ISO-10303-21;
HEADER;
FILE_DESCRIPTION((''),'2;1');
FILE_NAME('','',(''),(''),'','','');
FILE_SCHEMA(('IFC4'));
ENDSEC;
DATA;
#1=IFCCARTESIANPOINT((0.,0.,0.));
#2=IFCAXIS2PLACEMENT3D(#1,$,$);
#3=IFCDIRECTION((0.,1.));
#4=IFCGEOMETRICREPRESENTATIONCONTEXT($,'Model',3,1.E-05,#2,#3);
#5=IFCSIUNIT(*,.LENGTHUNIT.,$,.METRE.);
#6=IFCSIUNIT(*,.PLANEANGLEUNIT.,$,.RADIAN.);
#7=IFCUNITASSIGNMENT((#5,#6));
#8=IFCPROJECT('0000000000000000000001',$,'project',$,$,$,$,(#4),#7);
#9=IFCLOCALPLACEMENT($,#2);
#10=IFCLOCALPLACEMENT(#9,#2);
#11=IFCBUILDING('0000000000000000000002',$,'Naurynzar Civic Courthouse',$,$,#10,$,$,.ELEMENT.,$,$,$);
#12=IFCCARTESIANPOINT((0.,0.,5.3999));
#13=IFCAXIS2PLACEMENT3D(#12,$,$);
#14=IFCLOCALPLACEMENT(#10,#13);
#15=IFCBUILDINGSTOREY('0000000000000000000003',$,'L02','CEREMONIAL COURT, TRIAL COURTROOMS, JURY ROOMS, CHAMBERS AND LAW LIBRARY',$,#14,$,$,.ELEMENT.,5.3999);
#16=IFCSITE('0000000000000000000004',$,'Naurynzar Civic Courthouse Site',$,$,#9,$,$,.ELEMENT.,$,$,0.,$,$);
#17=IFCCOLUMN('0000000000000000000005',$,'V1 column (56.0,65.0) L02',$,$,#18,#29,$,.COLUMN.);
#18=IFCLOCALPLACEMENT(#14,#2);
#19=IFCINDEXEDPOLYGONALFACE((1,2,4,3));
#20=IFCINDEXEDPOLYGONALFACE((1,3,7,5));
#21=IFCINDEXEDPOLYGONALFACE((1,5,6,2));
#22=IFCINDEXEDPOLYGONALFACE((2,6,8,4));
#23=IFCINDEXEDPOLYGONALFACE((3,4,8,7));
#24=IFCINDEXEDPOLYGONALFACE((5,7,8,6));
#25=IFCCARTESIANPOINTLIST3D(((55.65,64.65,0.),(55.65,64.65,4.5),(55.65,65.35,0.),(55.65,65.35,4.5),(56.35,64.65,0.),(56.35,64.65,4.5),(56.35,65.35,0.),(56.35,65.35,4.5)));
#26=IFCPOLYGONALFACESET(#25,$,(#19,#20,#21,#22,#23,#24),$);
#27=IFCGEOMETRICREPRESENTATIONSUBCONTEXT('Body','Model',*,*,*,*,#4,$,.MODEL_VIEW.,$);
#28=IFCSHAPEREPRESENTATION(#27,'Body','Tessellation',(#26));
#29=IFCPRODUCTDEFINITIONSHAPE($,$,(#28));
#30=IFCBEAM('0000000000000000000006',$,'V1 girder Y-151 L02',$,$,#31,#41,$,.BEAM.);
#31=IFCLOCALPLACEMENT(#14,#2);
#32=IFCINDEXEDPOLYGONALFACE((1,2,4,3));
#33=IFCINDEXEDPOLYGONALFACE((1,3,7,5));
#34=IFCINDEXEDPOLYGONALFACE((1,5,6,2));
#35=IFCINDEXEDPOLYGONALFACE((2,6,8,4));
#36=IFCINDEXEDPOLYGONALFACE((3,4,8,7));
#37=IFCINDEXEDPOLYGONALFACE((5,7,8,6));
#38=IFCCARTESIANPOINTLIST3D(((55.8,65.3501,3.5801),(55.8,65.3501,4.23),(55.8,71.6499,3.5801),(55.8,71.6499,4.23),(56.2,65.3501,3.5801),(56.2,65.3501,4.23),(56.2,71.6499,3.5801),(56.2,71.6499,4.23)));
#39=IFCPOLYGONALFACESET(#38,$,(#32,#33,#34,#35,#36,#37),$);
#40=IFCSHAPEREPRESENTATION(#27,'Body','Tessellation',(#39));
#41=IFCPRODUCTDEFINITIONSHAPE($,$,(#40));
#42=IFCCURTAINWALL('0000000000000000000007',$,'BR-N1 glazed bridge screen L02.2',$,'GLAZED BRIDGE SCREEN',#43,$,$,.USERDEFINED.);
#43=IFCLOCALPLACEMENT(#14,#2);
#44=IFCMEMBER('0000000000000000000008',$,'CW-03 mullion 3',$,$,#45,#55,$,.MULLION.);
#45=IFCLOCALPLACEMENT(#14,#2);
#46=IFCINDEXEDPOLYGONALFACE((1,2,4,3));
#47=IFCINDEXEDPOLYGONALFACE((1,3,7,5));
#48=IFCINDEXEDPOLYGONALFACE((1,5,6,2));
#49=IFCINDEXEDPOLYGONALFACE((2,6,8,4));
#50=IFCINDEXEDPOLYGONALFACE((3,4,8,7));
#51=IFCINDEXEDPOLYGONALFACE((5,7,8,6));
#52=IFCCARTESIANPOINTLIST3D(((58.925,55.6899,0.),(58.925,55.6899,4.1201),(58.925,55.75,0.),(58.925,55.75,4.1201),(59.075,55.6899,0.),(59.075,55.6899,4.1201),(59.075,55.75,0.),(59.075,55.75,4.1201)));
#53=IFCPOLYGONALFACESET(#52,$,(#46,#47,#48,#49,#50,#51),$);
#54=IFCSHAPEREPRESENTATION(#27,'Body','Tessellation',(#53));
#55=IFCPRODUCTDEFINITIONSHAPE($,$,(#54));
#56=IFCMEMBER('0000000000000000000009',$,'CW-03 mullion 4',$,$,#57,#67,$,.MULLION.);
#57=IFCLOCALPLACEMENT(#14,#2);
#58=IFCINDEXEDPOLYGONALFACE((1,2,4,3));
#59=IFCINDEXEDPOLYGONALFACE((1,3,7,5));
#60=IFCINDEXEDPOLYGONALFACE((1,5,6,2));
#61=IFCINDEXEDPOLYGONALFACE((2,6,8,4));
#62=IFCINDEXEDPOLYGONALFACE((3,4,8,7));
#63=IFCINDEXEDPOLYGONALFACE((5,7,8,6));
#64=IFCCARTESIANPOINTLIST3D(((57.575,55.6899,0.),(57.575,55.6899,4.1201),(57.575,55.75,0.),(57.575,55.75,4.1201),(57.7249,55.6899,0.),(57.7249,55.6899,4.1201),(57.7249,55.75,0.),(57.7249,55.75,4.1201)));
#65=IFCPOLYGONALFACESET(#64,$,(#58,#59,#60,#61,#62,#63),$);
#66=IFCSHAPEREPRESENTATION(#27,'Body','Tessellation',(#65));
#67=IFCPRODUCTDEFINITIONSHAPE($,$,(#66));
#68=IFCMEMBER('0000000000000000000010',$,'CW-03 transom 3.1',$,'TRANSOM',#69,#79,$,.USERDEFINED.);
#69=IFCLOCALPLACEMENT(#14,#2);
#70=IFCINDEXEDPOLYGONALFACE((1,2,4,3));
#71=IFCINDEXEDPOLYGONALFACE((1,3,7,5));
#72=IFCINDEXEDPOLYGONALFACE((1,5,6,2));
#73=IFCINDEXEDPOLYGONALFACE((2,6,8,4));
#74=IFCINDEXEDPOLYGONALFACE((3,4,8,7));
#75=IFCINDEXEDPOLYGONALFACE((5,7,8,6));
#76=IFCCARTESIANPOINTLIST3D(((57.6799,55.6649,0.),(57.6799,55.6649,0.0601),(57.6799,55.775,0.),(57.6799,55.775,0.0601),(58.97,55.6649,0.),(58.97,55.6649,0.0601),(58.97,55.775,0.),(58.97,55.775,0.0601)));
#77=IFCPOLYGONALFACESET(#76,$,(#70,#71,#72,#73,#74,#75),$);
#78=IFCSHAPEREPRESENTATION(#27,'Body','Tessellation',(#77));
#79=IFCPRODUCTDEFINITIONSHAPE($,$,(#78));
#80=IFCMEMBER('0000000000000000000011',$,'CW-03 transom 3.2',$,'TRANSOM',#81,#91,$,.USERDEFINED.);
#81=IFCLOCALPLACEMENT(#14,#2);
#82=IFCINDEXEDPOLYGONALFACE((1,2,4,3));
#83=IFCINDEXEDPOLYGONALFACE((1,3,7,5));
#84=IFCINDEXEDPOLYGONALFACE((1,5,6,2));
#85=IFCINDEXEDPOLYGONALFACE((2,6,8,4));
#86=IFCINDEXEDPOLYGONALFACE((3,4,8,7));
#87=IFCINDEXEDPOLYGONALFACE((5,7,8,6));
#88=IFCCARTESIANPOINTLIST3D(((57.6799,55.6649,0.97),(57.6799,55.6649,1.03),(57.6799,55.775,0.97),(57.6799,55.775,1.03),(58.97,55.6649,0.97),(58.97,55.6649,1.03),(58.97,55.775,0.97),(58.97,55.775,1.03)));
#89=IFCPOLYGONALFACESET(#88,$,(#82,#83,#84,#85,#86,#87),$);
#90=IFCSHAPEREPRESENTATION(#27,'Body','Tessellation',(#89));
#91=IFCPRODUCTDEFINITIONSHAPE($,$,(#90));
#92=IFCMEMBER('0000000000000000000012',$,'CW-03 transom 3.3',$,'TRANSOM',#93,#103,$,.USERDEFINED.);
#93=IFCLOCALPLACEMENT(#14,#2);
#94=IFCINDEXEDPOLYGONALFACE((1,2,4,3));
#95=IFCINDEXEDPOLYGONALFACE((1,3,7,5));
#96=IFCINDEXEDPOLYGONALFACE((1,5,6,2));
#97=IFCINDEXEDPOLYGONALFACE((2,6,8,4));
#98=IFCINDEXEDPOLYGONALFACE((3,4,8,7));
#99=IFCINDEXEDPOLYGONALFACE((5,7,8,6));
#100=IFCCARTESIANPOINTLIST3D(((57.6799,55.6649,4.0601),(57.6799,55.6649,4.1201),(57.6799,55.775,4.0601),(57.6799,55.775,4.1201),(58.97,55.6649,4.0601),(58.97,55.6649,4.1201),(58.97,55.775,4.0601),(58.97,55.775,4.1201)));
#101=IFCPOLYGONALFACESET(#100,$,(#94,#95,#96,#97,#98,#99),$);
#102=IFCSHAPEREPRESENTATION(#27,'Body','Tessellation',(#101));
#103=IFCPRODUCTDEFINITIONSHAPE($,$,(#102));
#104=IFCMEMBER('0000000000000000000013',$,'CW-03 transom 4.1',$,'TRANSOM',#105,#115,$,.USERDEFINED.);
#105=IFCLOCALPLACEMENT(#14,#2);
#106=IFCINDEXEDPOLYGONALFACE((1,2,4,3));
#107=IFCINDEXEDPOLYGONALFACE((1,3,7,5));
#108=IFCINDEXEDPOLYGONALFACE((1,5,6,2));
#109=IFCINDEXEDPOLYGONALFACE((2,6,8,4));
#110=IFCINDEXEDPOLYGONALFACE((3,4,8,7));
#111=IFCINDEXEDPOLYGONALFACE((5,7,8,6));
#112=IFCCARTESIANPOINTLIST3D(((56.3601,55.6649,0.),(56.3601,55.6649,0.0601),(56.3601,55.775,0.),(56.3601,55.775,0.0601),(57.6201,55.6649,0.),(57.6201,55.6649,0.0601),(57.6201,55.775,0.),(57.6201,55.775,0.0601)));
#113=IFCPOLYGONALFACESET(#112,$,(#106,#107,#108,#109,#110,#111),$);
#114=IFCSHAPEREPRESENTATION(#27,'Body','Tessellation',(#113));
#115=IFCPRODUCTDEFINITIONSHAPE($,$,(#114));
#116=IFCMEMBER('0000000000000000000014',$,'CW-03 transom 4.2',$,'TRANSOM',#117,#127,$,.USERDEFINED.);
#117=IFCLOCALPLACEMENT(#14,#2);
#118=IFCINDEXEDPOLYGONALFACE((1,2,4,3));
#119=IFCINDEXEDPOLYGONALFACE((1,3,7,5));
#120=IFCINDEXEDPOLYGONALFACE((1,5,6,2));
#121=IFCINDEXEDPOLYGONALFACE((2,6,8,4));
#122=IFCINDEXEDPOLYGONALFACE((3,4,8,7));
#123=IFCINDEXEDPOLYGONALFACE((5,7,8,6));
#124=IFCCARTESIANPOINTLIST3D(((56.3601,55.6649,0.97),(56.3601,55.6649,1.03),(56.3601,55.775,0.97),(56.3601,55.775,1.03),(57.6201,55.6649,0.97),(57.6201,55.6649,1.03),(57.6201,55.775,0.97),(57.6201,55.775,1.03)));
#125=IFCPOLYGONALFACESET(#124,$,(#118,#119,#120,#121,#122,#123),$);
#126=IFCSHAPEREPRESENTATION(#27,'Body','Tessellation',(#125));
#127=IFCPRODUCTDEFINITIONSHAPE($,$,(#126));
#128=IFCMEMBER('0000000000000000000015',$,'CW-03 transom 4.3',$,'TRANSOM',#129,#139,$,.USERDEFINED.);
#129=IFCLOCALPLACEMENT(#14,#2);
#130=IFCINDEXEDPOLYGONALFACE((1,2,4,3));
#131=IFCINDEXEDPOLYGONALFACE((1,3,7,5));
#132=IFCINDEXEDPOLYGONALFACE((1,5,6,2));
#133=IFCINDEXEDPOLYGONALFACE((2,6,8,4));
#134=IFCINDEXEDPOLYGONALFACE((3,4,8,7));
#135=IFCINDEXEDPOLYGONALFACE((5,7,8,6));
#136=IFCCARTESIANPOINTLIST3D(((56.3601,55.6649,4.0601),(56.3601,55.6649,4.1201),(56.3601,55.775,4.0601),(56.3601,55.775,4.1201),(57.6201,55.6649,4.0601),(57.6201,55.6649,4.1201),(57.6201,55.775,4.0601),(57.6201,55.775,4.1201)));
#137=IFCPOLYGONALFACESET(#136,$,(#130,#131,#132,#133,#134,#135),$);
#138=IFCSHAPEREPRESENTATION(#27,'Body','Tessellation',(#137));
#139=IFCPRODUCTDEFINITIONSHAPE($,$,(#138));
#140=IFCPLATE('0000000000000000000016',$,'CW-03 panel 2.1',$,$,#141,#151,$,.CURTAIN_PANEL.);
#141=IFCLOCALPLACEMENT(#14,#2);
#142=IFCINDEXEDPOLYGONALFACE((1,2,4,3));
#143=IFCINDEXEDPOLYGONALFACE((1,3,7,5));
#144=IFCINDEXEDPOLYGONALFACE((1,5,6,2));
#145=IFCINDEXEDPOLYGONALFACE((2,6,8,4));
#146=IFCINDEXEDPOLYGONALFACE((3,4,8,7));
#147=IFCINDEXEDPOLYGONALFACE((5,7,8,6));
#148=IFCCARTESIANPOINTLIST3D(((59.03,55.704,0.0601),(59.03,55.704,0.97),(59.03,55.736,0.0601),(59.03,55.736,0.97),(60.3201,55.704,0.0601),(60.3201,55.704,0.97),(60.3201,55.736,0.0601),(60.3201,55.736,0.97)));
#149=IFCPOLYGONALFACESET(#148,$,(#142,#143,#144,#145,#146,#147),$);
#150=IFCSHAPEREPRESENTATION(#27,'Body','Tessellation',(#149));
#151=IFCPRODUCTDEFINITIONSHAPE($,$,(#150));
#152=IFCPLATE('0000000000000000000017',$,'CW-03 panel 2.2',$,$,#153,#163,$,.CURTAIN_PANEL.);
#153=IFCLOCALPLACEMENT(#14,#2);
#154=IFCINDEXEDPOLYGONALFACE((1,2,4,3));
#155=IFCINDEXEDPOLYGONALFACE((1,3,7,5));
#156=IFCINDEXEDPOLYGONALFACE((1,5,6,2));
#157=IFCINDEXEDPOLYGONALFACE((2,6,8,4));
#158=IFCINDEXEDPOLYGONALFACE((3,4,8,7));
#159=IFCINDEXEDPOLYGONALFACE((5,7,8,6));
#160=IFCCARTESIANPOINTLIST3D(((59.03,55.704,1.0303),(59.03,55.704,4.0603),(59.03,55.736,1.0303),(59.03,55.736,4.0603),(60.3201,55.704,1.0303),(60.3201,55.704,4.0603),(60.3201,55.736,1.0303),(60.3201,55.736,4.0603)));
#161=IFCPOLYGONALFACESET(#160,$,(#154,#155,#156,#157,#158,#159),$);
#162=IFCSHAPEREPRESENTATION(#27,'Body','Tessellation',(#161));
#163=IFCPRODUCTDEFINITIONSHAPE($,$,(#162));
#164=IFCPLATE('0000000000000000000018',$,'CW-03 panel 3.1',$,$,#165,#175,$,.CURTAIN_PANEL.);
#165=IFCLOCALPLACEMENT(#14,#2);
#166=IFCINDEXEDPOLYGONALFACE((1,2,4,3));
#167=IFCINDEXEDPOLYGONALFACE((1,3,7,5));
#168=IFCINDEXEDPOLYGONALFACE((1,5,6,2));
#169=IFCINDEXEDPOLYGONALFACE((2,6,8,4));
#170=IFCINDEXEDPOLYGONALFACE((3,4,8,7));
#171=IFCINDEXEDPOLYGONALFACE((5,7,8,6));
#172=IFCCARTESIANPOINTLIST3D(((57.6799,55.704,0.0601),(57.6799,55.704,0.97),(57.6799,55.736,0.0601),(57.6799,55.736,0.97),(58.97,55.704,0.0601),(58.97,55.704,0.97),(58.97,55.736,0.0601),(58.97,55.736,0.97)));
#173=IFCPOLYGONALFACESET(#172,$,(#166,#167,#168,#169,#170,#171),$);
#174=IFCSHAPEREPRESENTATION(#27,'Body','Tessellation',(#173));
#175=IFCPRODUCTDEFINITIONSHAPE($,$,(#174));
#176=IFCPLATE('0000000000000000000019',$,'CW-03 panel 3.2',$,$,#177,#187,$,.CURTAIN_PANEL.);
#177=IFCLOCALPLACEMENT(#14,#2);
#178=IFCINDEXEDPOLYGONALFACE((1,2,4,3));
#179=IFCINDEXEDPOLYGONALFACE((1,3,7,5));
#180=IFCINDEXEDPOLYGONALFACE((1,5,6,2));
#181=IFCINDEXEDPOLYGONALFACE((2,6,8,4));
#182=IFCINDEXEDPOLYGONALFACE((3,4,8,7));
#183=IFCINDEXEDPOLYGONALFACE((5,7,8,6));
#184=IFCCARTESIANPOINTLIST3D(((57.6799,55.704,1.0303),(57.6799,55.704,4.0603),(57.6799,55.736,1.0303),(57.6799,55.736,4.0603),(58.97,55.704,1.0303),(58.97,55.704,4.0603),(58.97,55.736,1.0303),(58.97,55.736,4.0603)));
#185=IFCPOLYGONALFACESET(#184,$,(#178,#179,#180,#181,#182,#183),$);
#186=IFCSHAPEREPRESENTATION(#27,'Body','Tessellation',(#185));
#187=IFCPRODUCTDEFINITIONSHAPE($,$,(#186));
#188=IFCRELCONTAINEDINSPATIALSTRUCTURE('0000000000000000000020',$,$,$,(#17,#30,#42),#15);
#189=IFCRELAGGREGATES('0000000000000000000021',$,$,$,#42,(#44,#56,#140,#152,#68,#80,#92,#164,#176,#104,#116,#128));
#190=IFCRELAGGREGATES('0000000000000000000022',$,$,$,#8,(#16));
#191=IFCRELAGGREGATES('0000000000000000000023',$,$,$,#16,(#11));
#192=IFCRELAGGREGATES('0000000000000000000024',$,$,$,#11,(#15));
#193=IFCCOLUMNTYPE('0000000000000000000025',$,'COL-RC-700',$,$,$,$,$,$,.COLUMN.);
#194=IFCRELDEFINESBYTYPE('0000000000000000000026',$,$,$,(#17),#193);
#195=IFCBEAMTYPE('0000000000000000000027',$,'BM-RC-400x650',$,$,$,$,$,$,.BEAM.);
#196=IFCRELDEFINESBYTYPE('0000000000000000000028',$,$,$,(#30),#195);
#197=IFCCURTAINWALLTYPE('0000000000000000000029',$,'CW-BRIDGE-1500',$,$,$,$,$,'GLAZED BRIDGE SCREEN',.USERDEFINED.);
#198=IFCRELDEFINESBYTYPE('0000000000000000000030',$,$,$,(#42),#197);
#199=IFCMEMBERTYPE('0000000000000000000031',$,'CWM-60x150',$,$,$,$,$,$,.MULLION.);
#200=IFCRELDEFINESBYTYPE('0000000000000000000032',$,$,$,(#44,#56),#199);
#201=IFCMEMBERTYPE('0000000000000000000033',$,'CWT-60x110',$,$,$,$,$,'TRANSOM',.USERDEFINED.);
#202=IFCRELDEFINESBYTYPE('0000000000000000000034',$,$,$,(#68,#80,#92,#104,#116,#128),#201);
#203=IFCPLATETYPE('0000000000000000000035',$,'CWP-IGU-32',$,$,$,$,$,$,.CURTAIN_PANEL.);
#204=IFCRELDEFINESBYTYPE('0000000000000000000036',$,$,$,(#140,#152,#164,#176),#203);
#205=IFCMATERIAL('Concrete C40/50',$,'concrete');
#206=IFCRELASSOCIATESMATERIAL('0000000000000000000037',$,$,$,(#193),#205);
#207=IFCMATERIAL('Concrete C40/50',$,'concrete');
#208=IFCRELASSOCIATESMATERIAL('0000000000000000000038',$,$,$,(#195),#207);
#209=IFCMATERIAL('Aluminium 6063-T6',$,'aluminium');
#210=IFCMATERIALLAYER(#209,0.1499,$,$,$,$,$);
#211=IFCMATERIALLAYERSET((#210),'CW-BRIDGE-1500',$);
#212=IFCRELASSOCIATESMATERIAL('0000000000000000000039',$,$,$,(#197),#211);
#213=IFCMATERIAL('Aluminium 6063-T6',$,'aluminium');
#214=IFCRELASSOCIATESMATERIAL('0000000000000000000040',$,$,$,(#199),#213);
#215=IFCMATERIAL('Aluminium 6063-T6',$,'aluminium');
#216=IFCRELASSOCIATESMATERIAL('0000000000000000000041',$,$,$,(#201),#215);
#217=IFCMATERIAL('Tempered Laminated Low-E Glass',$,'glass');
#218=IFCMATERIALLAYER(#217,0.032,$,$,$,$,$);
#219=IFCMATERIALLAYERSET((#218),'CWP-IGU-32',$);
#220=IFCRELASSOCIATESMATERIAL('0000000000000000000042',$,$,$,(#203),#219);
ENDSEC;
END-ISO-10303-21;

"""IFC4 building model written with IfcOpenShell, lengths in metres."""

from ifc_helpers import new_model, si_unit, direction, frame, origin, origin_2d, place, context, subcontext, project, spatial, rectangle, extrude, material, layer, layer_set, material_profile, profile_set, type_object, element, aggregate, save


model = new_model("IFC4")

# Units and contexts
model_context = context("Model", 3, precision=1e-05, world=origin(), true_north=direction((0.0, 1.0)))
body_context = subcontext(model_context, "Body", "Model", "MODEL_VIEW")
ifc_project = project(units=[si_unit("LENGTHUNIT", "METRE"), si_unit("PLANEANGLEUNIT", "RADIAN")], contexts=[model_context])

# Site, building, storey
site_placement = place(None, origin())
site = spatial("IfcSite", under=ifc_project, at=site_placement, Name="Naurynzar Civic Courthouse Site", CompositionType="ELEMENT", RefElevation=0.0)
building_placement = place(site_placement, origin())
building = spatial("IfcBuilding", under=site, at=building_placement, Name="Naurynzar Civic Courthouse", CompositionType="ELEMENT")
storey_placement = place(building_placement, frame((0.0, 0.0, 5.3999)))
storey = spatial("IfcBuildingStorey", under=building, at=storey_placement, Name="L02", Description="CEREMONIAL COURT, TRIAL COURTROOMS, JURY ROOMS, CHAMBERS AND LAW LIBRARY", CompositionType="ELEMENT", Elevation=5.3999)

# Column
ifc_material_1 = material(Name="Concrete C40/50", Category="concrete")
ifc_material_profile_1 = material_profile(ifc_material_1, rectangle(XDim=0.7, YDim=0.7, at=origin_2d()), Name="RC 700x700")
ifc_profile_set_1 = profile_set([ifc_material_profile_1], Name="Concrete C40/50")
column_type = type_object("IfcColumnType", Name="COL-RC-700", PredefinedType="COLUMN", material=ifc_profile_set_1)
column_placement = place(storey_placement, frame((56.0, 65.0, 0.0), z_axis=(0.0, 0.0, 1.0), x_axis=(1.0, 0.0, 0.0)))
element("IfcColumn", 1, at=column_placement, inside=storey, type_object=column_type, Name="V1 column (56.0,65.0) L02", PredefinedType="COLUMN", context=body_context, shape_type="SweptSolid", body=[
    extrude(rectangle(XDim=0.7, YDim=0.7, at=origin_2d()), origin(), (0.0, 0.0, 1.0), 4.5),
])

# Beam
ifc_material_2 = material(Name="Concrete C40/50", Category="concrete")
ifc_material_profile_2 = material_profile(ifc_material_2, rectangle(XDim=0.3999, YDim=0.6499, at=origin_2d()), Name="RCB 400x650")
ifc_profile_set_2 = profile_set([ifc_material_profile_2], Name="Concrete C40/50")
beam_type = type_object("IfcBeamType", Name="BM-RC-400x650", PredefinedType="BEAM", material=ifc_profile_set_2)
beam_placement = place(storey_placement, frame((56.0, 65.3501, 3.905), z_axis=(0.0, 1.0, 0.0), x_axis=(-1.0, 0.0, 0.0)))
element("IfcBeam", 2, at=beam_placement, inside=storey, type_object=beam_type, Name="V1 girder Y-151 L02", PredefinedType="BEAM", context=body_context, shape_type="SweptSolid", body=[
    extrude(rectangle(XDim=0.3999, YDim=0.6499, at=origin_2d()), origin(), (0.0, 0.0, 1.0), 6.2998),
])

# Curtain wall, members, plates
ifc_material_3 = material(Name="Aluminium 6063-T6", Category="aluminium")
ifc_layer_1 = layer(ifc_material_3, 0.1499)
ifc_layer_set_1 = layer_set([ifc_layer_1], Name="CW-BRIDGE-1500")
curtain_wall_type = type_object("IfcCurtainWallType", Name="CW-BRIDGE-1500", ElementType="GLAZED BRIDGE SCREEN", PredefinedType="USERDEFINED", material=ifc_layer_set_1)
curtain_wall_placement = place(storey_placement, origin())
curtain_wall = element("IfcCurtainWall", 3, at=curtain_wall_placement, inside=storey, type_object=curtain_wall_type, Name="BR-N1 glazed bridge screen L02.2", ObjectType="GLAZED BRIDGE SCREEN", PredefinedType="USERDEFINED")
ifc_material_4 = material(Name="Aluminium 6063-T6", Category="aluminium")
ifc_material_profile_3 = material_profile(ifc_material_4, rectangle(XDim=0.0601, YDim=0.1499, at=origin_2d()), Name="ALU MULLION 60x150")
ifc_profile_set_3 = profile_set([ifc_material_profile_3], Name="Aluminium 6063-T6")
member_type_1 = type_object("IfcMemberType", Name="CWM-60x150", PredefinedType="MULLION", material=ifc_profile_set_3)
member_1_placement = place(storey_placement, frame((59.0, 55.72, 0.0), z_axis=(0.0, 0.0, 1.0), x_axis=(0.0, -1.0, 0.0)))
member_1 = element("IfcMember", 4, at=member_1_placement, type_object=member_type_1, Name="CW-03 mullion 3", PredefinedType="MULLION", context=body_context, shape_type="SweptSolid", body=[
    extrude(rectangle(XDim=0.0601, YDim=0.1499, at=origin_2d()), origin(), (0.0, 0.0, 1.0), 4.1201),
])
member_2_placement = place(storey_placement, frame((57.6499, 55.72, 0.0), z_axis=(0.0, 0.0, 1.0), x_axis=(0.0, -1.0, 0.0)))
member_2 = element("IfcMember", 5, at=member_2_placement, type_object=member_type_1, Name="CW-03 mullion 4", PredefinedType="MULLION", context=body_context, shape_type="SweptSolid", body=[
    extrude(rectangle(XDim=0.0601, YDim=0.1499, at=origin_2d()), origin(), (0.0, 0.0, 1.0), 4.1201),
])
ifc_material_5 = material(Name="Aluminium 6063-T6", Category="aluminium")
ifc_material_profile_4 = material_profile(ifc_material_5, rectangle(XDim=0.1101, YDim=0.0601, at=origin_2d()), Name="ALU TRANSOM 60x110")
ifc_profile_set_4 = profile_set([ifc_material_profile_4], Name="Aluminium 6063-T6")
member_type_2 = type_object("IfcMemberType", Name="CWT-60x110", ElementType="TRANSOM", PredefinedType="USERDEFINED", material=ifc_profile_set_4)
member_3_placement = place(storey_placement, frame((58.97, 55.72, 0.03), z_axis=(-1.0, 0.0, 0.0), x_axis=(0.0, -1.0, 0.0)))
member_3 = element("IfcMember", 6, at=member_3_placement, type_object=member_type_2, Name="CW-03 transom 3.1", ObjectType="TRANSOM", PredefinedType="USERDEFINED", context=body_context, shape_type="SweptSolid", body=[
    extrude(rectangle(XDim=0.1101, YDim=0.0601, at=origin_2d()), origin(), (0.0, 0.0, 1.0), 1.29),
])
member_4_placement = place(storey_placement, frame((58.97, 55.72, 1.0), z_axis=(-1.0, 0.0, 0.0), x_axis=(0.0, -1.0, 0.0)))
member_4 = element("IfcMember", 7, at=member_4_placement, type_object=member_type_2, Name="CW-03 transom 3.2", ObjectType="TRANSOM", PredefinedType="USERDEFINED", context=body_context, shape_type="SweptSolid", body=[
    extrude(rectangle(XDim=0.1101, YDim=0.0601, at=origin_2d()), origin(), (0.0, 0.0, 1.0), 1.29),
])
member_5_placement = place(storey_placement, frame((58.97, 55.72, 4.0901), z_axis=(-1.0, 0.0, 0.0), x_axis=(0.0, -1.0, 0.0)))
member_5 = element("IfcMember", 8, at=member_5_placement, type_object=member_type_2, Name="CW-03 transom 3.3", ObjectType="TRANSOM", PredefinedType="USERDEFINED", context=body_context, shape_type="SweptSolid", body=[
    extrude(rectangle(XDim=0.1101, YDim=0.0601, at=origin_2d()), origin(), (0.0, 0.0, 1.0), 1.29),
])
member_6_placement = place(storey_placement, frame((57.6201, 55.72, 0.03), z_axis=(-1.0, 0.0, 0.0), x_axis=(0.0, -1.0, 0.0)))
member_6 = element("IfcMember", 9, at=member_6_placement, type_object=member_type_2, Name="CW-03 transom 4.1", ObjectType="TRANSOM", PredefinedType="USERDEFINED", context=body_context, shape_type="SweptSolid", body=[
    extrude(rectangle(XDim=0.1101, YDim=0.0601, at=origin_2d()), origin(), (0.0, 0.0, 1.0), 1.26),
])
member_7_placement = place(storey_placement, frame((57.6201, 55.72, 1.0), z_axis=(-1.0, 0.0, 0.0), x_axis=(0.0, -1.0, 0.0)))
member_7 = element("IfcMember", 10, at=member_7_placement, type_object=member_type_2, Name="CW-03 transom 4.2", ObjectType="TRANSOM", PredefinedType="USERDEFINED", context=body_context, shape_type="SweptSolid", body=[
    extrude(rectangle(XDim=0.1101, YDim=0.0601, at=origin_2d()), origin(), (0.0, 0.0, 1.0), 1.26),
])
member_8_placement = place(storey_placement, frame((57.6201, 55.72, 4.0901), z_axis=(-1.0, 0.0, 0.0), x_axis=(0.0, -1.0, 0.0)))
member_8 = element("IfcMember", 11, at=member_8_placement, type_object=member_type_2, Name="CW-03 transom 4.3", ObjectType="TRANSOM", PredefinedType="USERDEFINED", context=body_context, shape_type="SweptSolid", body=[
    extrude(rectangle(XDim=0.1101, YDim=0.0601, at=origin_2d()), origin(), (0.0, 0.0, 1.0), 1.26),
])
ifc_material_6 = material(Name="Tempered Laminated Low-E Glass", Category="glass")
ifc_layer_2 = layer(ifc_material_6, 0.032)
ifc_layer_set_2 = layer_set([ifc_layer_2], Name="CWP-IGU-32")
plate_type = type_object("IfcPlateType", Name="CWP-IGU-32", PredefinedType="CURTAIN_PANEL", material=ifc_layer_set_2)
plate_1_placement = place(storey_placement, frame((59.675, 55.72, 0.0601), z_axis=(0.0, 0.0, 1.0), x_axis=(-1.0, 0.0, 0.0)))
plate_1 = element("IfcPlate", 12, at=plate_1_placement, type_object=plate_type, Name="CW-03 panel 2.1", PredefinedType="CURTAIN_PANEL", context=body_context, shape_type="SweptSolid", body=[
    extrude(rectangle(XDim=1.29, YDim=0.032, at=origin_2d()), origin(), (0.0, 0.0, 1.0), 0.9099),
])
plate_2_placement = place(storey_placement, frame((59.675, 55.72, 1.0303), z_axis=(0.0, 0.0, 1.0), x_axis=(-1.0, 0.0, 0.0)))
plate_2 = element("IfcPlate", 13, at=plate_2_placement, type_object=plate_type, Name="CW-03 panel 2.2", PredefinedType="CURTAIN_PANEL", context=body_context, shape_type="SweptSolid", body=[
    extrude(rectangle(XDim=1.29, YDim=0.032, at=origin_2d()), origin(), (0.0, 0.0, 1.0), 3.03),
])
plate_3_placement = place(storey_placement, frame((58.325, 55.72, 0.0601), z_axis=(0.0, 0.0, 1.0), x_axis=(-1.0, 0.0, 0.0)))
plate_3 = element("IfcPlate", 14, at=plate_3_placement, type_object=plate_type, Name="CW-03 panel 3.1", PredefinedType="CURTAIN_PANEL", context=body_context, shape_type="SweptSolid", body=[
    extrude(rectangle(XDim=1.29, YDim=0.032, at=origin_2d()), origin(), (0.0, 0.0, 1.0), 0.9099),
])
plate_4_placement = place(storey_placement, frame((58.325, 55.72, 1.0303), z_axis=(0.0, 0.0, 1.0), x_axis=(-1.0, 0.0, 0.0)))
plate_4 = element("IfcPlate", 15, at=plate_4_placement, type_object=plate_type, Name="CW-03 panel 3.2", PredefinedType="CURTAIN_PANEL", context=body_context, shape_type="SweptSolid", body=[
    extrude(rectangle(XDim=1.29, YDim=0.032, at=origin_2d()), origin(), (0.0, 0.0, 1.0), 3.03),
])
aggregate(curtain_wall, [member_1, member_2, plate_1, plate_2, member_3, member_4, member_5, plate_3, plate_4, member_6, member_7, member_8])

save(model, "model.ifc")
